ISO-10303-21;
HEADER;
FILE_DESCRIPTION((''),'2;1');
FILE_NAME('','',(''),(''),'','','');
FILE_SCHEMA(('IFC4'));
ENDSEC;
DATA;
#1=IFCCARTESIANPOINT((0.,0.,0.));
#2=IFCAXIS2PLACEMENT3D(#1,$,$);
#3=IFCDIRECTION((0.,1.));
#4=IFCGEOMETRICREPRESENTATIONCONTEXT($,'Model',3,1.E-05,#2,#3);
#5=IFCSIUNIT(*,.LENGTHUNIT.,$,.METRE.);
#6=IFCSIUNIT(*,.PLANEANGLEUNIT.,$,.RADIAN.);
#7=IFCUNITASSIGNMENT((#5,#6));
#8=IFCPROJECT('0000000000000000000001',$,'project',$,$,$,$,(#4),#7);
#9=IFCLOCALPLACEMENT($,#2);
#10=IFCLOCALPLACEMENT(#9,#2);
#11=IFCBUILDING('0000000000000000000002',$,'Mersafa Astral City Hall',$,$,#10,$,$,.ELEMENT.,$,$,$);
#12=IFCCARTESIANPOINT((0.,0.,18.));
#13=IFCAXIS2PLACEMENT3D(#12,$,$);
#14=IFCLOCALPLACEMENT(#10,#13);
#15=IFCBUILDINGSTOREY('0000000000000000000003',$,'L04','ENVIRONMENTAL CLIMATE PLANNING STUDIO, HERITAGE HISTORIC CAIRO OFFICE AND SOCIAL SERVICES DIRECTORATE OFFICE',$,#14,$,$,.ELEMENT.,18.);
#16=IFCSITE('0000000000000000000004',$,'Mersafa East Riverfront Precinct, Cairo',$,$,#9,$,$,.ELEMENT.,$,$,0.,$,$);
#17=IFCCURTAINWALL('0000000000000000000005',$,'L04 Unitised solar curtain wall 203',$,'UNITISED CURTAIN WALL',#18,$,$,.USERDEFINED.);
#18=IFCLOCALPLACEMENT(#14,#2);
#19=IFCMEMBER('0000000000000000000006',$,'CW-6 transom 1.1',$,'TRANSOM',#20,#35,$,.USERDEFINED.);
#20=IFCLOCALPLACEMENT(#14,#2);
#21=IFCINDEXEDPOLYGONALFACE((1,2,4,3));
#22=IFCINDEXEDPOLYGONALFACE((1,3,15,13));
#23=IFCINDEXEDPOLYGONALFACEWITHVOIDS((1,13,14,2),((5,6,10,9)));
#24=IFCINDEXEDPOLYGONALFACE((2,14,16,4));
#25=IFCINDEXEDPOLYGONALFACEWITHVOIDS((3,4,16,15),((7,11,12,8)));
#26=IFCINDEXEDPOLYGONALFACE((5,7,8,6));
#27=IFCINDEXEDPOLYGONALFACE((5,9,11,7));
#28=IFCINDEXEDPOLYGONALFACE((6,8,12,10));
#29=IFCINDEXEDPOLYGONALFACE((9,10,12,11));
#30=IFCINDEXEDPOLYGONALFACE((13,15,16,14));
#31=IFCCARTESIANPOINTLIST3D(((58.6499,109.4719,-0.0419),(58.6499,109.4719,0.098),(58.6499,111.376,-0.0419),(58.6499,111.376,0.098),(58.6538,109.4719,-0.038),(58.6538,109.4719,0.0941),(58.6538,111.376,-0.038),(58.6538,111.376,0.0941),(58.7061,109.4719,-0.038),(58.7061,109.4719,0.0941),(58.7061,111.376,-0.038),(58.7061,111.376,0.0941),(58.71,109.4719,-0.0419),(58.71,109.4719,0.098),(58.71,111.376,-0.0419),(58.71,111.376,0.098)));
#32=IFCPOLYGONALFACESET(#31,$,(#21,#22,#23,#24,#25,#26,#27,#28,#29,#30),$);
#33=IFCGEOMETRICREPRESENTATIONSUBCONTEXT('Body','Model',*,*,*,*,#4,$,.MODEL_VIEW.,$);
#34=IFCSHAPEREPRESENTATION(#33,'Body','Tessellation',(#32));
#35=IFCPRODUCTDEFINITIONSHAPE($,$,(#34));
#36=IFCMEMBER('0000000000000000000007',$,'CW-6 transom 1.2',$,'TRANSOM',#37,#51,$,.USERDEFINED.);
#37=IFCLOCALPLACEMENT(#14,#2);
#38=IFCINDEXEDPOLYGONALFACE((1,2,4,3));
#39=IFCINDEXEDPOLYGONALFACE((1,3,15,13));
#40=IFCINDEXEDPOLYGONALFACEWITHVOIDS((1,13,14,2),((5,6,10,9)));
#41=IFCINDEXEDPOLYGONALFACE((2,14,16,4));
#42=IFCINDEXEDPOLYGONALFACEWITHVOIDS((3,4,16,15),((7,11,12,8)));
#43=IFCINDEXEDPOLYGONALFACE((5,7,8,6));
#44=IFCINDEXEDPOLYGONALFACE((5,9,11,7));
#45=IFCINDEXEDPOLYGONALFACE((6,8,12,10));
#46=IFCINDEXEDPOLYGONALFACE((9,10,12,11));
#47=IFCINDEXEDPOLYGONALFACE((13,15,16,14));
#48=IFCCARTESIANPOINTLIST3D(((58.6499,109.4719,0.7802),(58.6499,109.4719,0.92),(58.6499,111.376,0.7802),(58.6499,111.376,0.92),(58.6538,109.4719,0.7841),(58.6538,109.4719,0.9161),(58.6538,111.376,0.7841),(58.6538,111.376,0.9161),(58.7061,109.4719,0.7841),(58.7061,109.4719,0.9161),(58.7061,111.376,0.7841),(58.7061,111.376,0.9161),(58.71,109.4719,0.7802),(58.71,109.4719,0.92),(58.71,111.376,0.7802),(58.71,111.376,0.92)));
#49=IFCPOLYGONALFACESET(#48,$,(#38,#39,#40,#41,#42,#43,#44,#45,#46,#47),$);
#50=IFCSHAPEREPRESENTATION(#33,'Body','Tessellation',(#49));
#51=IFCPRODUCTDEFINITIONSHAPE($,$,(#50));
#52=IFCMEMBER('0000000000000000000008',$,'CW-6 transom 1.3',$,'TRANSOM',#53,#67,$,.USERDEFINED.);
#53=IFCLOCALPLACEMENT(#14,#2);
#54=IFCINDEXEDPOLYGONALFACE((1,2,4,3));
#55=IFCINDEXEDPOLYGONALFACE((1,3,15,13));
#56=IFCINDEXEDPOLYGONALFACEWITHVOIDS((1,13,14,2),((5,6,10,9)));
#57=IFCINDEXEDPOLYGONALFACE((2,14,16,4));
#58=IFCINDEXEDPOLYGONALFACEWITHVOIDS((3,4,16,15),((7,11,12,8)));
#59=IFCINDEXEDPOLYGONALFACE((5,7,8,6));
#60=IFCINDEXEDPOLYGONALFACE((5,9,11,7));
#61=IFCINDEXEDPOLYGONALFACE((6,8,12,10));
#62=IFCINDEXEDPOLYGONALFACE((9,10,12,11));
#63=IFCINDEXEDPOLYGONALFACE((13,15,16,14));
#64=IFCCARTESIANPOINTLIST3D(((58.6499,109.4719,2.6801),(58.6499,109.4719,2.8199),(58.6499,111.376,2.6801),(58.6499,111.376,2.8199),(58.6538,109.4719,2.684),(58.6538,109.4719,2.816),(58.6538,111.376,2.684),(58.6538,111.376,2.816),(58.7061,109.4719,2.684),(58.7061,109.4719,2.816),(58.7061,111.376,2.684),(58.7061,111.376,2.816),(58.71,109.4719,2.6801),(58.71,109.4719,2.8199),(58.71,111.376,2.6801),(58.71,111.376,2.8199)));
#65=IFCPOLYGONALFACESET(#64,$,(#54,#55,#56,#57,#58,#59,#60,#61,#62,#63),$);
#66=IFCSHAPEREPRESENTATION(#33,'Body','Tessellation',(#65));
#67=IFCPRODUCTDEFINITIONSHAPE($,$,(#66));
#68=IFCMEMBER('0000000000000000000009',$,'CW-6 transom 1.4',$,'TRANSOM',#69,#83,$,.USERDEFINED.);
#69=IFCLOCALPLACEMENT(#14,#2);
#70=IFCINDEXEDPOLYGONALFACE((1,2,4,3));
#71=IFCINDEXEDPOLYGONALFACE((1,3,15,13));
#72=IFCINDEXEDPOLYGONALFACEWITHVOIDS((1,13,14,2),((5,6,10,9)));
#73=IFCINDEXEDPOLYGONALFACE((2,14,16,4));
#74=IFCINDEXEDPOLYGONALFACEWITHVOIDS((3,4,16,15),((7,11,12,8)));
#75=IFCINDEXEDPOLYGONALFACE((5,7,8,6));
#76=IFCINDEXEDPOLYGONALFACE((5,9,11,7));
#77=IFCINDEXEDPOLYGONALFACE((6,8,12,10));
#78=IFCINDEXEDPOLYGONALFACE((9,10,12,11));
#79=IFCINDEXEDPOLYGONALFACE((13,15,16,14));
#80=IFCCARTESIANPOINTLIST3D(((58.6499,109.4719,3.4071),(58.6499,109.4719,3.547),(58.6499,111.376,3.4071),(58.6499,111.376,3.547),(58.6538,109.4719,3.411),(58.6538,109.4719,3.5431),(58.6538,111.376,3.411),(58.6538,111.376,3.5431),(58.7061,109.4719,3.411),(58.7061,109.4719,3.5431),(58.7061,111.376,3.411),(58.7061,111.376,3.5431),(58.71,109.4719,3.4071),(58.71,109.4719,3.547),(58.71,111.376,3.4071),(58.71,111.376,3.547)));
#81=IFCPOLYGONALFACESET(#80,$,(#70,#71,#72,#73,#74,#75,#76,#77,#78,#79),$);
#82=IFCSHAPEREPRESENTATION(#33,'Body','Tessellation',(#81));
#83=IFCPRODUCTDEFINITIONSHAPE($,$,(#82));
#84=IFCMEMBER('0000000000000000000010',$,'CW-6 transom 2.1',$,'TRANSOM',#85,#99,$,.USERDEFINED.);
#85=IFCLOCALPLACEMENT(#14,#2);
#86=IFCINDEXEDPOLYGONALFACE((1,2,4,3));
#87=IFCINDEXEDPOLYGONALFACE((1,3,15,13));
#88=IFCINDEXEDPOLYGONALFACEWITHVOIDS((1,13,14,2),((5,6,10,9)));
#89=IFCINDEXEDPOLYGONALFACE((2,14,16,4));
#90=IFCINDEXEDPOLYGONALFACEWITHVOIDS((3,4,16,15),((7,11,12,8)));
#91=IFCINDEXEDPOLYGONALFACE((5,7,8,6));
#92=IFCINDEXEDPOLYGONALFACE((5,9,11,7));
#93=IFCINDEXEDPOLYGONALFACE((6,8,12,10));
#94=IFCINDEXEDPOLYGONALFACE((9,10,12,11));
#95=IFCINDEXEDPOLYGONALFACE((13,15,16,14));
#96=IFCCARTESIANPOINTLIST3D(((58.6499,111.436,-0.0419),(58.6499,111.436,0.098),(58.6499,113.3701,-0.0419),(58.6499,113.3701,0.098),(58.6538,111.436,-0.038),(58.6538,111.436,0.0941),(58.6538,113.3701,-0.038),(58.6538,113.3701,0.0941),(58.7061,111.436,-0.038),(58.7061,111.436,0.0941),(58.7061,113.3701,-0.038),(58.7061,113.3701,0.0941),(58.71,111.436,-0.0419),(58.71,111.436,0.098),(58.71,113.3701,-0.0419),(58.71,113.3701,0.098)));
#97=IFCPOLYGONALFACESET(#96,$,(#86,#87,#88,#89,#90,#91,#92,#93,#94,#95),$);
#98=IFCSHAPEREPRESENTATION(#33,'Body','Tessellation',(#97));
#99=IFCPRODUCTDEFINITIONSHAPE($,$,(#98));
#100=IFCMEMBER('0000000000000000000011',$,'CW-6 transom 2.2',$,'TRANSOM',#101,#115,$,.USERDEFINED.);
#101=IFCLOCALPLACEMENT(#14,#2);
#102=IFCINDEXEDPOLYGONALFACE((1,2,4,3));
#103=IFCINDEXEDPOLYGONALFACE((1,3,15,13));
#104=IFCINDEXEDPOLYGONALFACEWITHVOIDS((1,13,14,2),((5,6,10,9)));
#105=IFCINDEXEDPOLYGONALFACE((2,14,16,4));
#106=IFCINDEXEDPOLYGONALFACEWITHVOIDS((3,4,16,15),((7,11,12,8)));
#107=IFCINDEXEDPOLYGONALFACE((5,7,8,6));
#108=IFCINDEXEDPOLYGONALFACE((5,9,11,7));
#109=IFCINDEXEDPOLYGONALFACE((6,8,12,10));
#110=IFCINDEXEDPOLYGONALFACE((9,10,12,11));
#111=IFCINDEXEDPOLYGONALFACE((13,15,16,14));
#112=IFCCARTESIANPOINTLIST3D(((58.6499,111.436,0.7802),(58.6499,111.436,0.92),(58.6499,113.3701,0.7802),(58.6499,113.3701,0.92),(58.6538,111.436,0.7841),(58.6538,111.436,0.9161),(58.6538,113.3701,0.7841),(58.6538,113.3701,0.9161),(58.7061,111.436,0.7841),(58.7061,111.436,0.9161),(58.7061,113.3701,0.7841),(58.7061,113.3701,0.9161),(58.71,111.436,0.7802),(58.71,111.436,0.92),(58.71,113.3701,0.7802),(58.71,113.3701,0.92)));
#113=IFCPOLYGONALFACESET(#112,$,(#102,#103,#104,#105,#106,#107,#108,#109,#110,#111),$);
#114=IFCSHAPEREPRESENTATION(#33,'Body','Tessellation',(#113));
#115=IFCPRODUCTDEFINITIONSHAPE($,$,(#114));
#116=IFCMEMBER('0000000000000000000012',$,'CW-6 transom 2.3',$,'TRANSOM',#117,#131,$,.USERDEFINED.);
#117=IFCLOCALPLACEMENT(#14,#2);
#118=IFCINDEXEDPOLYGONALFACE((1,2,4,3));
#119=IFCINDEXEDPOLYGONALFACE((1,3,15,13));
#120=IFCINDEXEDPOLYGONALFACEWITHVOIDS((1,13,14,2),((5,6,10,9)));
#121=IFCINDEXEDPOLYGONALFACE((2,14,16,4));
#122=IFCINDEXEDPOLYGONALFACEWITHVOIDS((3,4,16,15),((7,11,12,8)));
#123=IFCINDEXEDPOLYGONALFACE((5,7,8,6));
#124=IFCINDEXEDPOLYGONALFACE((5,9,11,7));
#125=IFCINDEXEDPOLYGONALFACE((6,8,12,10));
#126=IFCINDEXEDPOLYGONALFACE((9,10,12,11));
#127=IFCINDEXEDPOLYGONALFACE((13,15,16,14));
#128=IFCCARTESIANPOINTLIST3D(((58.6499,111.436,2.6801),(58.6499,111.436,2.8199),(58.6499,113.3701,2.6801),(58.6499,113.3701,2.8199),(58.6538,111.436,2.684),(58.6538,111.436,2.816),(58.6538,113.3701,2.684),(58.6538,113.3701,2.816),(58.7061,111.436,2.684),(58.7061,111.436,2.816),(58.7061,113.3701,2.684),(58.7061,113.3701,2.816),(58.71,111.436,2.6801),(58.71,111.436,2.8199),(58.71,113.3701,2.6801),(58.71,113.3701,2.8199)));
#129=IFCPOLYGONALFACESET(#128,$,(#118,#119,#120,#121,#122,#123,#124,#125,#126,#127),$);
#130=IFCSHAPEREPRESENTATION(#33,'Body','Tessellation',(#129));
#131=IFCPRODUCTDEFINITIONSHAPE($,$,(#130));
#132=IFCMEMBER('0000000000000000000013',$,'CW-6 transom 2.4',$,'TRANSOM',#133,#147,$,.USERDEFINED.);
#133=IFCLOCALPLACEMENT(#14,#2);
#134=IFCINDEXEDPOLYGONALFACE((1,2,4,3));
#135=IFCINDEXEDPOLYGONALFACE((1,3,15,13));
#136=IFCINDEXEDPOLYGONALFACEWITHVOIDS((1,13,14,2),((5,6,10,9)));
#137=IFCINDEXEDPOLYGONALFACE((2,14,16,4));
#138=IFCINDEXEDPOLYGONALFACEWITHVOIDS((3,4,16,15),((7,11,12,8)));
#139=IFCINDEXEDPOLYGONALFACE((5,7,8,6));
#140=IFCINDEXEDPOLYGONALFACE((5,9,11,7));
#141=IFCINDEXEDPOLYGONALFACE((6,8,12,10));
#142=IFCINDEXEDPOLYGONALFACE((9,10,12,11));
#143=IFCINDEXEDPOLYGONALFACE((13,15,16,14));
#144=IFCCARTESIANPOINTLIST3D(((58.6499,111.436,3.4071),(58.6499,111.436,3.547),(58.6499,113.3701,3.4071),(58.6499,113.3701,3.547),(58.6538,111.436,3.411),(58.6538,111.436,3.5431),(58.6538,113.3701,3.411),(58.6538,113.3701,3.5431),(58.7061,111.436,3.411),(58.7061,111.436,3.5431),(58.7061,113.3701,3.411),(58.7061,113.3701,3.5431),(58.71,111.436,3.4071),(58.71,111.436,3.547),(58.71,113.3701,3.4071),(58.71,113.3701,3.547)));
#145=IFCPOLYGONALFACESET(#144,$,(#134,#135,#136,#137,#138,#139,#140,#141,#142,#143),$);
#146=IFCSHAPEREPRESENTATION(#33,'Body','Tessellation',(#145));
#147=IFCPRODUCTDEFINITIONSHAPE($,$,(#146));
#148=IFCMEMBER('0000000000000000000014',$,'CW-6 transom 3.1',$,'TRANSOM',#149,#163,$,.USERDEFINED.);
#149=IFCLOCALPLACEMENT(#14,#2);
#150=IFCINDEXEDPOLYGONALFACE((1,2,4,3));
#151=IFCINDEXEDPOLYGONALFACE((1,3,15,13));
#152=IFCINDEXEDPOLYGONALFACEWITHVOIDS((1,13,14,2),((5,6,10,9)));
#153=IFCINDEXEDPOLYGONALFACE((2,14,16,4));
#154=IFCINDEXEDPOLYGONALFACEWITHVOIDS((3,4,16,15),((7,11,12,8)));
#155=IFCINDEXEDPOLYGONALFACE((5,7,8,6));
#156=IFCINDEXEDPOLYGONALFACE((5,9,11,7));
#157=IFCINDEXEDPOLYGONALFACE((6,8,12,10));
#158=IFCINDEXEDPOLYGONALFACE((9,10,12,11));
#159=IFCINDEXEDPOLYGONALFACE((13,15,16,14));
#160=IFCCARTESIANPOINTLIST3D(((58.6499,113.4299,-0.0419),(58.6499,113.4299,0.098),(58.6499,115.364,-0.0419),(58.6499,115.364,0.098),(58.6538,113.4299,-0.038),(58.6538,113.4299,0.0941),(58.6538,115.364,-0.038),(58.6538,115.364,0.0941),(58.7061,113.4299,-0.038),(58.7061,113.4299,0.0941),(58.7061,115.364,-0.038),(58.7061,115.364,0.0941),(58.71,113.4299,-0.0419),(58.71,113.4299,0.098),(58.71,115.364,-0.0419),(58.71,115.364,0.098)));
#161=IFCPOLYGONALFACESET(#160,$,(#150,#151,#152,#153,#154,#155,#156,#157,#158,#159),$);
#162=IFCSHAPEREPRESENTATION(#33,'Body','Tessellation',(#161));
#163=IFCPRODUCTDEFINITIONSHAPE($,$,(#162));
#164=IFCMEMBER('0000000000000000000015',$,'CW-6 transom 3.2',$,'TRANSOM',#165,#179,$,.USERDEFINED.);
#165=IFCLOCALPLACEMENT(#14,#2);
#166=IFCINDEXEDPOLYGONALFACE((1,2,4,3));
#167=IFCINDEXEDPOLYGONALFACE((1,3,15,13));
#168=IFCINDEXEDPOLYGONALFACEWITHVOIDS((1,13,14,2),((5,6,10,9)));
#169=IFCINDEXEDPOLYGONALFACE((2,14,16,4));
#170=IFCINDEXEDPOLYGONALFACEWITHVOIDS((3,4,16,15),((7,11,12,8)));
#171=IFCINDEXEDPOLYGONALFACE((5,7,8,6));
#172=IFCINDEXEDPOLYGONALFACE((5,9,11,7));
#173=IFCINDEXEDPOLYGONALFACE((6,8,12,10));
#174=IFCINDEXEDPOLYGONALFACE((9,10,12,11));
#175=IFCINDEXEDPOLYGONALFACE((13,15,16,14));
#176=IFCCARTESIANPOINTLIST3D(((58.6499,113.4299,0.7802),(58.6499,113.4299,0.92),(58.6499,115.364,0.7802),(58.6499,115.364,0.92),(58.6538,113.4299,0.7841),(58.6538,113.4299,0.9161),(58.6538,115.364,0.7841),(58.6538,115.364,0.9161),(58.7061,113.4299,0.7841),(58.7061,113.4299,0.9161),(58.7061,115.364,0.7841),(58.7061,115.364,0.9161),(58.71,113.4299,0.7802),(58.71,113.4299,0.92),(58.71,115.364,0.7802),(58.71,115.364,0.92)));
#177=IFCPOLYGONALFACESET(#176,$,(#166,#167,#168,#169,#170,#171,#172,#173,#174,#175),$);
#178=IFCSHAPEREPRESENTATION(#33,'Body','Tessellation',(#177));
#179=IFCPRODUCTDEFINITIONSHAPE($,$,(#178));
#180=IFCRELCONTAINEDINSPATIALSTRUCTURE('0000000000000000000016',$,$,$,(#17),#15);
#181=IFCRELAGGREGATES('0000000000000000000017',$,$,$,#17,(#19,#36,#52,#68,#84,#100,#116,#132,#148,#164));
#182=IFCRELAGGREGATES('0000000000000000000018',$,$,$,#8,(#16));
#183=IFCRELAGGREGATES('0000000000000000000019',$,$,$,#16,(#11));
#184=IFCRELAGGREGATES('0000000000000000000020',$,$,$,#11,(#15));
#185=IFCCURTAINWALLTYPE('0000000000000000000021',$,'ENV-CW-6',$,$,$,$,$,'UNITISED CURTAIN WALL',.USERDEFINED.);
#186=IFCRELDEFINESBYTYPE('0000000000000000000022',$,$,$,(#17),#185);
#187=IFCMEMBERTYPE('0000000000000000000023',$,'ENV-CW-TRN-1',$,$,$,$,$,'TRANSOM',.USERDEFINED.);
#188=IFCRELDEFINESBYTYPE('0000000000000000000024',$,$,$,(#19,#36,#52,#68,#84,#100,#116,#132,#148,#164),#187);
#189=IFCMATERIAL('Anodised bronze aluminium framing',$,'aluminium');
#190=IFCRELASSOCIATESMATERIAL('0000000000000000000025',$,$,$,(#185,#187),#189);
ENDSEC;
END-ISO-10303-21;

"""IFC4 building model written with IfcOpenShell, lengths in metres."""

from ifc_helpers import new_model, si_unit, direction, frame, origin, origin_2d, place, context, subcontext, project, spatial, hollow_rectangle, extrude, material, material_profile, profile_set, type_object, element, aggregate, save


model = new_model("IFC4")

# Units and contexts
model_context = context("Model", 3, precision=1e-05, world=origin(), true_north=direction((0.0, 1.0)))
body_context = subcontext(model_context, "Body", "Model", "MODEL_VIEW")
ifc_project = project(units=[si_unit("LENGTHUNIT", "METRE"), si_unit("PLANEANGLEUNIT", "RADIAN")], contexts=[model_context])

# Site, building, storey
site_placement = place(None, origin())
site = spatial("IfcSite", under=ifc_project, at=site_placement, Name="Mersafa East Riverfront Precinct, Cairo", CompositionType="ELEMENT", RefElevation=0.0)
building_placement = place(site_placement, origin())
building = spatial("IfcBuilding", under=site, at=building_placement, Name="Mersafa Astral City Hall", CompositionType="ELEMENT")
storey_placement = place(building_placement, frame((0.0, 0.0, 18.0)))
storey = spatial("IfcBuildingStorey", under=building, at=storey_placement, Name="L04", Description="ENVIRONMENTAL CLIMATE PLANNING STUDIO, HERITAGE HISTORIC CAIRO OFFICE AND SOCIAL SERVICES DIRECTORATE OFFICE", CompositionType="ELEMENT", Elevation=18.0)

# Curtain wall, members
ifc_material_1 = material(Name="Anodised bronze aluminium framing", Category="aluminium")
curtain_wall_type = type_object("IfcCurtainWallType", Name="ENV-CW-6", ElementType="UNITISED CURTAIN WALL", PredefinedType="USERDEFINED", material=ifc_material_1)
curtain_wall_placement = place(storey_placement, origin())
curtain_wall = element("IfcCurtainWall", 1, at=curtain_wall_placement, inside=storey, type_object=curtain_wall_type, Name="L04 Unitised solar curtain wall 203", ObjectType="UNITISED CURTAIN WALL", PredefinedType="USERDEFINED")
ifc_material_profile_1 = material_profile(ifc_material_1, hollow_rectangle(XDim=0.0601, YDim=0.1399, WallThickness=0.0039, at=origin_2d()), Name="RHS 60x140x4")
ifc_profile_set_1 = profile_set([ifc_material_profile_1], Name="Anodised bronze aluminium framing")
member_type_1 = type_object("IfcMemberType", Name="ENV-CW-TRN-1", ElementType="TRANSOM", PredefinedType="USERDEFINED", material=ifc_profile_set_1)
member_1_placement = place(storey_placement, frame((58.6799, 109.4719, 0.0281), z_axis=(0.0, 1.0, 0.0), x_axis=(-1.0, 0.0, 0.0)))
member_1 = element("IfcMember", 2, at=member_1_placement, type_object=member_type_1, Name="CW-6 transom 1.1", ObjectType="TRANSOM", PredefinedType="USERDEFINED", context=body_context, shape_type="SweptSolid", body=[
    extrude(hollow_rectangle(XDim=0.0601, YDim=0.1399, WallThickness=0.0039, at=origin_2d()), origin(), (0.0, 0.0, 1.0), 1.9041),
])
member_2_placement = place(storey_placement, frame((58.6799, 109.4719, 0.8501), z_axis=(0.0, 1.0, 0.0), x_axis=(-1.0, 0.0, 0.0)))
member_2 = element("IfcMember", 3, at=member_2_placement, type_object=member_type_1, Name="CW-6 transom 1.2", ObjectType="TRANSOM", PredefinedType="USERDEFINED", context=body_context, shape_type="SweptSolid", body=[
    extrude(hollow_rectangle(XDim=0.0601, YDim=0.1399, WallThickness=0.0039, at=origin_2d()), origin(), (0.0, 0.0, 1.0), 1.9041),
])
member_3_placement = place(storey_placement, frame((58.6799, 109.4719, 2.75), z_axis=(0.0, 1.0, 0.0), x_axis=(-1.0, 0.0, 0.0)))
member_3 = element("IfcMember", 4, at=member_3_placement, type_object=member_type_1, Name="CW-6 transom 1.3", ObjectType="TRANSOM", PredefinedType="USERDEFINED", context=body_context, shape_type="SweptSolid", body=[
    extrude(hollow_rectangle(XDim=0.0601, YDim=0.1399, WallThickness=0.0039, at=origin_2d()), origin(), (0.0, 0.0, 1.0), 1.9041),
])
member_4_placement = place(storey_placement, frame((58.6799, 109.4719, 3.4771), z_axis=(0.0, 1.0, 0.0), x_axis=(-1.0, 0.0, 0.0)))
member_4 = element("IfcMember", 5, at=member_4_placement, type_object=member_type_1, Name="CW-6 transom 1.4", ObjectType="TRANSOM", PredefinedType="USERDEFINED", context=body_context, shape_type="SweptSolid", body=[
    extrude(hollow_rectangle(XDim=0.0601, YDim=0.1399, WallThickness=0.0039, at=origin_2d()), origin(), (0.0, 0.0, 1.0), 1.9041),
])
member_5_placement = place(storey_placement, frame((58.6799, 111.436, 0.0281), z_axis=(0.0, 1.0, 0.0), x_axis=(-1.0, 0.0, 0.0)))
member_5 = element("IfcMember", 6, at=member_5_placement, type_object=member_type_1, Name="CW-6 transom 2.1", ObjectType="TRANSOM", PredefinedType="USERDEFINED", context=body_context, shape_type="SweptSolid", body=[
    extrude(hollow_rectangle(XDim=0.0601, YDim=0.1399, WallThickness=0.0039, at=origin_2d()), origin(), (0.0, 0.0, 1.0), 1.9341),
])
member_6_placement = place(storey_placement, frame((58.6799, 111.436, 0.8501), z_axis=(0.0, 1.0, 0.0), x_axis=(-1.0, 0.0, 0.0)))
member_6 = element("IfcMember", 7, at=member_6_placement, type_object=member_type_1, Name="CW-6 transom 2.2", ObjectType="TRANSOM", PredefinedType="USERDEFINED", context=body_context, shape_type="SweptSolid", body=[
    extrude(hollow_rectangle(XDim=0.0601, YDim=0.1399, WallThickness=0.0039, at=origin_2d()), origin(), (0.0, 0.0, 1.0), 1.9341),
])
member_7_placement = place(storey_placement, frame((58.6799, 111.436, 2.75), z_axis=(0.0, 1.0, 0.0), x_axis=(-1.0, 0.0, 0.0)))
member_7 = element("IfcMember", 8, at=member_7_placement, type_object=member_type_1, Name="CW-6 transom 2.3", ObjectType="TRANSOM", PredefinedType="USERDEFINED", context=body_context, shape_type="SweptSolid", body=[
    extrude(hollow_rectangle(XDim=0.0601, YDim=0.1399, WallThickness=0.0039, at=origin_2d()), origin(), (0.0, 0.0, 1.0), 1.9341),
])
member_8_placement = place(storey_placement, frame((58.6799, 111.436, 3.4771), z_axis=(0.0, 1.0, 0.0), x_axis=(-1.0, 0.0, 0.0)))
member_8 = element("IfcMember", 9, at=member_8_placement, type_object=member_type_1, Name="CW-6 transom 2.4", ObjectType="TRANSOM", PredefinedType="USERDEFINED", context=body_context, shape_type="SweptSolid", body=[
    extrude(hollow_rectangle(XDim=0.0601, YDim=0.1399, WallThickness=0.0039, at=origin_2d()), origin(), (0.0, 0.0, 1.0), 1.9341),
])
member_9_placement = place(storey_placement, frame((58.6799, 113.4299, 0.0281), z_axis=(0.0, 1.0, 0.0), x_axis=(-1.0, 0.0, 0.0)))
member_9 = element("IfcMember", 10, at=member_9_placement, type_object=member_type_1, Name="CW-6 transom 3.1", ObjectType="TRANSOM", PredefinedType="USERDEFINED", context=body_context, shape_type="SweptSolid", body=[
    extrude(hollow_rectangle(XDim=0.0601, YDim=0.1399, WallThickness=0.0039, at=origin_2d()), origin(), (0.0, 0.0, 1.0), 1.9341),
])
member_10_placement = place(storey_placement, frame((58.6799, 113.4299, 0.8501), z_axis=(0.0, 1.0, 0.0), x_axis=(-1.0, 0.0, 0.0)))
member_10 = element("IfcMember", 11, at=member_10_placement, type_object=member_type_1, Name="CW-6 transom 3.2", ObjectType="TRANSOM", PredefinedType="USERDEFINED", context=body_context, shape_type="SweptSolid", body=[
    extrude(hollow_rectangle(XDim=0.0601, YDim=0.1399, WallThickness=0.0039, at=origin_2d()), origin(), (0.0, 0.0, 1.0), 1.9341),
])

aggregate(curtain_wall, [member_1, member_2, member_3, member_4, member_5, member_6, member_7, member_8, member_9, member_10])

save(model, "model.ifc")
